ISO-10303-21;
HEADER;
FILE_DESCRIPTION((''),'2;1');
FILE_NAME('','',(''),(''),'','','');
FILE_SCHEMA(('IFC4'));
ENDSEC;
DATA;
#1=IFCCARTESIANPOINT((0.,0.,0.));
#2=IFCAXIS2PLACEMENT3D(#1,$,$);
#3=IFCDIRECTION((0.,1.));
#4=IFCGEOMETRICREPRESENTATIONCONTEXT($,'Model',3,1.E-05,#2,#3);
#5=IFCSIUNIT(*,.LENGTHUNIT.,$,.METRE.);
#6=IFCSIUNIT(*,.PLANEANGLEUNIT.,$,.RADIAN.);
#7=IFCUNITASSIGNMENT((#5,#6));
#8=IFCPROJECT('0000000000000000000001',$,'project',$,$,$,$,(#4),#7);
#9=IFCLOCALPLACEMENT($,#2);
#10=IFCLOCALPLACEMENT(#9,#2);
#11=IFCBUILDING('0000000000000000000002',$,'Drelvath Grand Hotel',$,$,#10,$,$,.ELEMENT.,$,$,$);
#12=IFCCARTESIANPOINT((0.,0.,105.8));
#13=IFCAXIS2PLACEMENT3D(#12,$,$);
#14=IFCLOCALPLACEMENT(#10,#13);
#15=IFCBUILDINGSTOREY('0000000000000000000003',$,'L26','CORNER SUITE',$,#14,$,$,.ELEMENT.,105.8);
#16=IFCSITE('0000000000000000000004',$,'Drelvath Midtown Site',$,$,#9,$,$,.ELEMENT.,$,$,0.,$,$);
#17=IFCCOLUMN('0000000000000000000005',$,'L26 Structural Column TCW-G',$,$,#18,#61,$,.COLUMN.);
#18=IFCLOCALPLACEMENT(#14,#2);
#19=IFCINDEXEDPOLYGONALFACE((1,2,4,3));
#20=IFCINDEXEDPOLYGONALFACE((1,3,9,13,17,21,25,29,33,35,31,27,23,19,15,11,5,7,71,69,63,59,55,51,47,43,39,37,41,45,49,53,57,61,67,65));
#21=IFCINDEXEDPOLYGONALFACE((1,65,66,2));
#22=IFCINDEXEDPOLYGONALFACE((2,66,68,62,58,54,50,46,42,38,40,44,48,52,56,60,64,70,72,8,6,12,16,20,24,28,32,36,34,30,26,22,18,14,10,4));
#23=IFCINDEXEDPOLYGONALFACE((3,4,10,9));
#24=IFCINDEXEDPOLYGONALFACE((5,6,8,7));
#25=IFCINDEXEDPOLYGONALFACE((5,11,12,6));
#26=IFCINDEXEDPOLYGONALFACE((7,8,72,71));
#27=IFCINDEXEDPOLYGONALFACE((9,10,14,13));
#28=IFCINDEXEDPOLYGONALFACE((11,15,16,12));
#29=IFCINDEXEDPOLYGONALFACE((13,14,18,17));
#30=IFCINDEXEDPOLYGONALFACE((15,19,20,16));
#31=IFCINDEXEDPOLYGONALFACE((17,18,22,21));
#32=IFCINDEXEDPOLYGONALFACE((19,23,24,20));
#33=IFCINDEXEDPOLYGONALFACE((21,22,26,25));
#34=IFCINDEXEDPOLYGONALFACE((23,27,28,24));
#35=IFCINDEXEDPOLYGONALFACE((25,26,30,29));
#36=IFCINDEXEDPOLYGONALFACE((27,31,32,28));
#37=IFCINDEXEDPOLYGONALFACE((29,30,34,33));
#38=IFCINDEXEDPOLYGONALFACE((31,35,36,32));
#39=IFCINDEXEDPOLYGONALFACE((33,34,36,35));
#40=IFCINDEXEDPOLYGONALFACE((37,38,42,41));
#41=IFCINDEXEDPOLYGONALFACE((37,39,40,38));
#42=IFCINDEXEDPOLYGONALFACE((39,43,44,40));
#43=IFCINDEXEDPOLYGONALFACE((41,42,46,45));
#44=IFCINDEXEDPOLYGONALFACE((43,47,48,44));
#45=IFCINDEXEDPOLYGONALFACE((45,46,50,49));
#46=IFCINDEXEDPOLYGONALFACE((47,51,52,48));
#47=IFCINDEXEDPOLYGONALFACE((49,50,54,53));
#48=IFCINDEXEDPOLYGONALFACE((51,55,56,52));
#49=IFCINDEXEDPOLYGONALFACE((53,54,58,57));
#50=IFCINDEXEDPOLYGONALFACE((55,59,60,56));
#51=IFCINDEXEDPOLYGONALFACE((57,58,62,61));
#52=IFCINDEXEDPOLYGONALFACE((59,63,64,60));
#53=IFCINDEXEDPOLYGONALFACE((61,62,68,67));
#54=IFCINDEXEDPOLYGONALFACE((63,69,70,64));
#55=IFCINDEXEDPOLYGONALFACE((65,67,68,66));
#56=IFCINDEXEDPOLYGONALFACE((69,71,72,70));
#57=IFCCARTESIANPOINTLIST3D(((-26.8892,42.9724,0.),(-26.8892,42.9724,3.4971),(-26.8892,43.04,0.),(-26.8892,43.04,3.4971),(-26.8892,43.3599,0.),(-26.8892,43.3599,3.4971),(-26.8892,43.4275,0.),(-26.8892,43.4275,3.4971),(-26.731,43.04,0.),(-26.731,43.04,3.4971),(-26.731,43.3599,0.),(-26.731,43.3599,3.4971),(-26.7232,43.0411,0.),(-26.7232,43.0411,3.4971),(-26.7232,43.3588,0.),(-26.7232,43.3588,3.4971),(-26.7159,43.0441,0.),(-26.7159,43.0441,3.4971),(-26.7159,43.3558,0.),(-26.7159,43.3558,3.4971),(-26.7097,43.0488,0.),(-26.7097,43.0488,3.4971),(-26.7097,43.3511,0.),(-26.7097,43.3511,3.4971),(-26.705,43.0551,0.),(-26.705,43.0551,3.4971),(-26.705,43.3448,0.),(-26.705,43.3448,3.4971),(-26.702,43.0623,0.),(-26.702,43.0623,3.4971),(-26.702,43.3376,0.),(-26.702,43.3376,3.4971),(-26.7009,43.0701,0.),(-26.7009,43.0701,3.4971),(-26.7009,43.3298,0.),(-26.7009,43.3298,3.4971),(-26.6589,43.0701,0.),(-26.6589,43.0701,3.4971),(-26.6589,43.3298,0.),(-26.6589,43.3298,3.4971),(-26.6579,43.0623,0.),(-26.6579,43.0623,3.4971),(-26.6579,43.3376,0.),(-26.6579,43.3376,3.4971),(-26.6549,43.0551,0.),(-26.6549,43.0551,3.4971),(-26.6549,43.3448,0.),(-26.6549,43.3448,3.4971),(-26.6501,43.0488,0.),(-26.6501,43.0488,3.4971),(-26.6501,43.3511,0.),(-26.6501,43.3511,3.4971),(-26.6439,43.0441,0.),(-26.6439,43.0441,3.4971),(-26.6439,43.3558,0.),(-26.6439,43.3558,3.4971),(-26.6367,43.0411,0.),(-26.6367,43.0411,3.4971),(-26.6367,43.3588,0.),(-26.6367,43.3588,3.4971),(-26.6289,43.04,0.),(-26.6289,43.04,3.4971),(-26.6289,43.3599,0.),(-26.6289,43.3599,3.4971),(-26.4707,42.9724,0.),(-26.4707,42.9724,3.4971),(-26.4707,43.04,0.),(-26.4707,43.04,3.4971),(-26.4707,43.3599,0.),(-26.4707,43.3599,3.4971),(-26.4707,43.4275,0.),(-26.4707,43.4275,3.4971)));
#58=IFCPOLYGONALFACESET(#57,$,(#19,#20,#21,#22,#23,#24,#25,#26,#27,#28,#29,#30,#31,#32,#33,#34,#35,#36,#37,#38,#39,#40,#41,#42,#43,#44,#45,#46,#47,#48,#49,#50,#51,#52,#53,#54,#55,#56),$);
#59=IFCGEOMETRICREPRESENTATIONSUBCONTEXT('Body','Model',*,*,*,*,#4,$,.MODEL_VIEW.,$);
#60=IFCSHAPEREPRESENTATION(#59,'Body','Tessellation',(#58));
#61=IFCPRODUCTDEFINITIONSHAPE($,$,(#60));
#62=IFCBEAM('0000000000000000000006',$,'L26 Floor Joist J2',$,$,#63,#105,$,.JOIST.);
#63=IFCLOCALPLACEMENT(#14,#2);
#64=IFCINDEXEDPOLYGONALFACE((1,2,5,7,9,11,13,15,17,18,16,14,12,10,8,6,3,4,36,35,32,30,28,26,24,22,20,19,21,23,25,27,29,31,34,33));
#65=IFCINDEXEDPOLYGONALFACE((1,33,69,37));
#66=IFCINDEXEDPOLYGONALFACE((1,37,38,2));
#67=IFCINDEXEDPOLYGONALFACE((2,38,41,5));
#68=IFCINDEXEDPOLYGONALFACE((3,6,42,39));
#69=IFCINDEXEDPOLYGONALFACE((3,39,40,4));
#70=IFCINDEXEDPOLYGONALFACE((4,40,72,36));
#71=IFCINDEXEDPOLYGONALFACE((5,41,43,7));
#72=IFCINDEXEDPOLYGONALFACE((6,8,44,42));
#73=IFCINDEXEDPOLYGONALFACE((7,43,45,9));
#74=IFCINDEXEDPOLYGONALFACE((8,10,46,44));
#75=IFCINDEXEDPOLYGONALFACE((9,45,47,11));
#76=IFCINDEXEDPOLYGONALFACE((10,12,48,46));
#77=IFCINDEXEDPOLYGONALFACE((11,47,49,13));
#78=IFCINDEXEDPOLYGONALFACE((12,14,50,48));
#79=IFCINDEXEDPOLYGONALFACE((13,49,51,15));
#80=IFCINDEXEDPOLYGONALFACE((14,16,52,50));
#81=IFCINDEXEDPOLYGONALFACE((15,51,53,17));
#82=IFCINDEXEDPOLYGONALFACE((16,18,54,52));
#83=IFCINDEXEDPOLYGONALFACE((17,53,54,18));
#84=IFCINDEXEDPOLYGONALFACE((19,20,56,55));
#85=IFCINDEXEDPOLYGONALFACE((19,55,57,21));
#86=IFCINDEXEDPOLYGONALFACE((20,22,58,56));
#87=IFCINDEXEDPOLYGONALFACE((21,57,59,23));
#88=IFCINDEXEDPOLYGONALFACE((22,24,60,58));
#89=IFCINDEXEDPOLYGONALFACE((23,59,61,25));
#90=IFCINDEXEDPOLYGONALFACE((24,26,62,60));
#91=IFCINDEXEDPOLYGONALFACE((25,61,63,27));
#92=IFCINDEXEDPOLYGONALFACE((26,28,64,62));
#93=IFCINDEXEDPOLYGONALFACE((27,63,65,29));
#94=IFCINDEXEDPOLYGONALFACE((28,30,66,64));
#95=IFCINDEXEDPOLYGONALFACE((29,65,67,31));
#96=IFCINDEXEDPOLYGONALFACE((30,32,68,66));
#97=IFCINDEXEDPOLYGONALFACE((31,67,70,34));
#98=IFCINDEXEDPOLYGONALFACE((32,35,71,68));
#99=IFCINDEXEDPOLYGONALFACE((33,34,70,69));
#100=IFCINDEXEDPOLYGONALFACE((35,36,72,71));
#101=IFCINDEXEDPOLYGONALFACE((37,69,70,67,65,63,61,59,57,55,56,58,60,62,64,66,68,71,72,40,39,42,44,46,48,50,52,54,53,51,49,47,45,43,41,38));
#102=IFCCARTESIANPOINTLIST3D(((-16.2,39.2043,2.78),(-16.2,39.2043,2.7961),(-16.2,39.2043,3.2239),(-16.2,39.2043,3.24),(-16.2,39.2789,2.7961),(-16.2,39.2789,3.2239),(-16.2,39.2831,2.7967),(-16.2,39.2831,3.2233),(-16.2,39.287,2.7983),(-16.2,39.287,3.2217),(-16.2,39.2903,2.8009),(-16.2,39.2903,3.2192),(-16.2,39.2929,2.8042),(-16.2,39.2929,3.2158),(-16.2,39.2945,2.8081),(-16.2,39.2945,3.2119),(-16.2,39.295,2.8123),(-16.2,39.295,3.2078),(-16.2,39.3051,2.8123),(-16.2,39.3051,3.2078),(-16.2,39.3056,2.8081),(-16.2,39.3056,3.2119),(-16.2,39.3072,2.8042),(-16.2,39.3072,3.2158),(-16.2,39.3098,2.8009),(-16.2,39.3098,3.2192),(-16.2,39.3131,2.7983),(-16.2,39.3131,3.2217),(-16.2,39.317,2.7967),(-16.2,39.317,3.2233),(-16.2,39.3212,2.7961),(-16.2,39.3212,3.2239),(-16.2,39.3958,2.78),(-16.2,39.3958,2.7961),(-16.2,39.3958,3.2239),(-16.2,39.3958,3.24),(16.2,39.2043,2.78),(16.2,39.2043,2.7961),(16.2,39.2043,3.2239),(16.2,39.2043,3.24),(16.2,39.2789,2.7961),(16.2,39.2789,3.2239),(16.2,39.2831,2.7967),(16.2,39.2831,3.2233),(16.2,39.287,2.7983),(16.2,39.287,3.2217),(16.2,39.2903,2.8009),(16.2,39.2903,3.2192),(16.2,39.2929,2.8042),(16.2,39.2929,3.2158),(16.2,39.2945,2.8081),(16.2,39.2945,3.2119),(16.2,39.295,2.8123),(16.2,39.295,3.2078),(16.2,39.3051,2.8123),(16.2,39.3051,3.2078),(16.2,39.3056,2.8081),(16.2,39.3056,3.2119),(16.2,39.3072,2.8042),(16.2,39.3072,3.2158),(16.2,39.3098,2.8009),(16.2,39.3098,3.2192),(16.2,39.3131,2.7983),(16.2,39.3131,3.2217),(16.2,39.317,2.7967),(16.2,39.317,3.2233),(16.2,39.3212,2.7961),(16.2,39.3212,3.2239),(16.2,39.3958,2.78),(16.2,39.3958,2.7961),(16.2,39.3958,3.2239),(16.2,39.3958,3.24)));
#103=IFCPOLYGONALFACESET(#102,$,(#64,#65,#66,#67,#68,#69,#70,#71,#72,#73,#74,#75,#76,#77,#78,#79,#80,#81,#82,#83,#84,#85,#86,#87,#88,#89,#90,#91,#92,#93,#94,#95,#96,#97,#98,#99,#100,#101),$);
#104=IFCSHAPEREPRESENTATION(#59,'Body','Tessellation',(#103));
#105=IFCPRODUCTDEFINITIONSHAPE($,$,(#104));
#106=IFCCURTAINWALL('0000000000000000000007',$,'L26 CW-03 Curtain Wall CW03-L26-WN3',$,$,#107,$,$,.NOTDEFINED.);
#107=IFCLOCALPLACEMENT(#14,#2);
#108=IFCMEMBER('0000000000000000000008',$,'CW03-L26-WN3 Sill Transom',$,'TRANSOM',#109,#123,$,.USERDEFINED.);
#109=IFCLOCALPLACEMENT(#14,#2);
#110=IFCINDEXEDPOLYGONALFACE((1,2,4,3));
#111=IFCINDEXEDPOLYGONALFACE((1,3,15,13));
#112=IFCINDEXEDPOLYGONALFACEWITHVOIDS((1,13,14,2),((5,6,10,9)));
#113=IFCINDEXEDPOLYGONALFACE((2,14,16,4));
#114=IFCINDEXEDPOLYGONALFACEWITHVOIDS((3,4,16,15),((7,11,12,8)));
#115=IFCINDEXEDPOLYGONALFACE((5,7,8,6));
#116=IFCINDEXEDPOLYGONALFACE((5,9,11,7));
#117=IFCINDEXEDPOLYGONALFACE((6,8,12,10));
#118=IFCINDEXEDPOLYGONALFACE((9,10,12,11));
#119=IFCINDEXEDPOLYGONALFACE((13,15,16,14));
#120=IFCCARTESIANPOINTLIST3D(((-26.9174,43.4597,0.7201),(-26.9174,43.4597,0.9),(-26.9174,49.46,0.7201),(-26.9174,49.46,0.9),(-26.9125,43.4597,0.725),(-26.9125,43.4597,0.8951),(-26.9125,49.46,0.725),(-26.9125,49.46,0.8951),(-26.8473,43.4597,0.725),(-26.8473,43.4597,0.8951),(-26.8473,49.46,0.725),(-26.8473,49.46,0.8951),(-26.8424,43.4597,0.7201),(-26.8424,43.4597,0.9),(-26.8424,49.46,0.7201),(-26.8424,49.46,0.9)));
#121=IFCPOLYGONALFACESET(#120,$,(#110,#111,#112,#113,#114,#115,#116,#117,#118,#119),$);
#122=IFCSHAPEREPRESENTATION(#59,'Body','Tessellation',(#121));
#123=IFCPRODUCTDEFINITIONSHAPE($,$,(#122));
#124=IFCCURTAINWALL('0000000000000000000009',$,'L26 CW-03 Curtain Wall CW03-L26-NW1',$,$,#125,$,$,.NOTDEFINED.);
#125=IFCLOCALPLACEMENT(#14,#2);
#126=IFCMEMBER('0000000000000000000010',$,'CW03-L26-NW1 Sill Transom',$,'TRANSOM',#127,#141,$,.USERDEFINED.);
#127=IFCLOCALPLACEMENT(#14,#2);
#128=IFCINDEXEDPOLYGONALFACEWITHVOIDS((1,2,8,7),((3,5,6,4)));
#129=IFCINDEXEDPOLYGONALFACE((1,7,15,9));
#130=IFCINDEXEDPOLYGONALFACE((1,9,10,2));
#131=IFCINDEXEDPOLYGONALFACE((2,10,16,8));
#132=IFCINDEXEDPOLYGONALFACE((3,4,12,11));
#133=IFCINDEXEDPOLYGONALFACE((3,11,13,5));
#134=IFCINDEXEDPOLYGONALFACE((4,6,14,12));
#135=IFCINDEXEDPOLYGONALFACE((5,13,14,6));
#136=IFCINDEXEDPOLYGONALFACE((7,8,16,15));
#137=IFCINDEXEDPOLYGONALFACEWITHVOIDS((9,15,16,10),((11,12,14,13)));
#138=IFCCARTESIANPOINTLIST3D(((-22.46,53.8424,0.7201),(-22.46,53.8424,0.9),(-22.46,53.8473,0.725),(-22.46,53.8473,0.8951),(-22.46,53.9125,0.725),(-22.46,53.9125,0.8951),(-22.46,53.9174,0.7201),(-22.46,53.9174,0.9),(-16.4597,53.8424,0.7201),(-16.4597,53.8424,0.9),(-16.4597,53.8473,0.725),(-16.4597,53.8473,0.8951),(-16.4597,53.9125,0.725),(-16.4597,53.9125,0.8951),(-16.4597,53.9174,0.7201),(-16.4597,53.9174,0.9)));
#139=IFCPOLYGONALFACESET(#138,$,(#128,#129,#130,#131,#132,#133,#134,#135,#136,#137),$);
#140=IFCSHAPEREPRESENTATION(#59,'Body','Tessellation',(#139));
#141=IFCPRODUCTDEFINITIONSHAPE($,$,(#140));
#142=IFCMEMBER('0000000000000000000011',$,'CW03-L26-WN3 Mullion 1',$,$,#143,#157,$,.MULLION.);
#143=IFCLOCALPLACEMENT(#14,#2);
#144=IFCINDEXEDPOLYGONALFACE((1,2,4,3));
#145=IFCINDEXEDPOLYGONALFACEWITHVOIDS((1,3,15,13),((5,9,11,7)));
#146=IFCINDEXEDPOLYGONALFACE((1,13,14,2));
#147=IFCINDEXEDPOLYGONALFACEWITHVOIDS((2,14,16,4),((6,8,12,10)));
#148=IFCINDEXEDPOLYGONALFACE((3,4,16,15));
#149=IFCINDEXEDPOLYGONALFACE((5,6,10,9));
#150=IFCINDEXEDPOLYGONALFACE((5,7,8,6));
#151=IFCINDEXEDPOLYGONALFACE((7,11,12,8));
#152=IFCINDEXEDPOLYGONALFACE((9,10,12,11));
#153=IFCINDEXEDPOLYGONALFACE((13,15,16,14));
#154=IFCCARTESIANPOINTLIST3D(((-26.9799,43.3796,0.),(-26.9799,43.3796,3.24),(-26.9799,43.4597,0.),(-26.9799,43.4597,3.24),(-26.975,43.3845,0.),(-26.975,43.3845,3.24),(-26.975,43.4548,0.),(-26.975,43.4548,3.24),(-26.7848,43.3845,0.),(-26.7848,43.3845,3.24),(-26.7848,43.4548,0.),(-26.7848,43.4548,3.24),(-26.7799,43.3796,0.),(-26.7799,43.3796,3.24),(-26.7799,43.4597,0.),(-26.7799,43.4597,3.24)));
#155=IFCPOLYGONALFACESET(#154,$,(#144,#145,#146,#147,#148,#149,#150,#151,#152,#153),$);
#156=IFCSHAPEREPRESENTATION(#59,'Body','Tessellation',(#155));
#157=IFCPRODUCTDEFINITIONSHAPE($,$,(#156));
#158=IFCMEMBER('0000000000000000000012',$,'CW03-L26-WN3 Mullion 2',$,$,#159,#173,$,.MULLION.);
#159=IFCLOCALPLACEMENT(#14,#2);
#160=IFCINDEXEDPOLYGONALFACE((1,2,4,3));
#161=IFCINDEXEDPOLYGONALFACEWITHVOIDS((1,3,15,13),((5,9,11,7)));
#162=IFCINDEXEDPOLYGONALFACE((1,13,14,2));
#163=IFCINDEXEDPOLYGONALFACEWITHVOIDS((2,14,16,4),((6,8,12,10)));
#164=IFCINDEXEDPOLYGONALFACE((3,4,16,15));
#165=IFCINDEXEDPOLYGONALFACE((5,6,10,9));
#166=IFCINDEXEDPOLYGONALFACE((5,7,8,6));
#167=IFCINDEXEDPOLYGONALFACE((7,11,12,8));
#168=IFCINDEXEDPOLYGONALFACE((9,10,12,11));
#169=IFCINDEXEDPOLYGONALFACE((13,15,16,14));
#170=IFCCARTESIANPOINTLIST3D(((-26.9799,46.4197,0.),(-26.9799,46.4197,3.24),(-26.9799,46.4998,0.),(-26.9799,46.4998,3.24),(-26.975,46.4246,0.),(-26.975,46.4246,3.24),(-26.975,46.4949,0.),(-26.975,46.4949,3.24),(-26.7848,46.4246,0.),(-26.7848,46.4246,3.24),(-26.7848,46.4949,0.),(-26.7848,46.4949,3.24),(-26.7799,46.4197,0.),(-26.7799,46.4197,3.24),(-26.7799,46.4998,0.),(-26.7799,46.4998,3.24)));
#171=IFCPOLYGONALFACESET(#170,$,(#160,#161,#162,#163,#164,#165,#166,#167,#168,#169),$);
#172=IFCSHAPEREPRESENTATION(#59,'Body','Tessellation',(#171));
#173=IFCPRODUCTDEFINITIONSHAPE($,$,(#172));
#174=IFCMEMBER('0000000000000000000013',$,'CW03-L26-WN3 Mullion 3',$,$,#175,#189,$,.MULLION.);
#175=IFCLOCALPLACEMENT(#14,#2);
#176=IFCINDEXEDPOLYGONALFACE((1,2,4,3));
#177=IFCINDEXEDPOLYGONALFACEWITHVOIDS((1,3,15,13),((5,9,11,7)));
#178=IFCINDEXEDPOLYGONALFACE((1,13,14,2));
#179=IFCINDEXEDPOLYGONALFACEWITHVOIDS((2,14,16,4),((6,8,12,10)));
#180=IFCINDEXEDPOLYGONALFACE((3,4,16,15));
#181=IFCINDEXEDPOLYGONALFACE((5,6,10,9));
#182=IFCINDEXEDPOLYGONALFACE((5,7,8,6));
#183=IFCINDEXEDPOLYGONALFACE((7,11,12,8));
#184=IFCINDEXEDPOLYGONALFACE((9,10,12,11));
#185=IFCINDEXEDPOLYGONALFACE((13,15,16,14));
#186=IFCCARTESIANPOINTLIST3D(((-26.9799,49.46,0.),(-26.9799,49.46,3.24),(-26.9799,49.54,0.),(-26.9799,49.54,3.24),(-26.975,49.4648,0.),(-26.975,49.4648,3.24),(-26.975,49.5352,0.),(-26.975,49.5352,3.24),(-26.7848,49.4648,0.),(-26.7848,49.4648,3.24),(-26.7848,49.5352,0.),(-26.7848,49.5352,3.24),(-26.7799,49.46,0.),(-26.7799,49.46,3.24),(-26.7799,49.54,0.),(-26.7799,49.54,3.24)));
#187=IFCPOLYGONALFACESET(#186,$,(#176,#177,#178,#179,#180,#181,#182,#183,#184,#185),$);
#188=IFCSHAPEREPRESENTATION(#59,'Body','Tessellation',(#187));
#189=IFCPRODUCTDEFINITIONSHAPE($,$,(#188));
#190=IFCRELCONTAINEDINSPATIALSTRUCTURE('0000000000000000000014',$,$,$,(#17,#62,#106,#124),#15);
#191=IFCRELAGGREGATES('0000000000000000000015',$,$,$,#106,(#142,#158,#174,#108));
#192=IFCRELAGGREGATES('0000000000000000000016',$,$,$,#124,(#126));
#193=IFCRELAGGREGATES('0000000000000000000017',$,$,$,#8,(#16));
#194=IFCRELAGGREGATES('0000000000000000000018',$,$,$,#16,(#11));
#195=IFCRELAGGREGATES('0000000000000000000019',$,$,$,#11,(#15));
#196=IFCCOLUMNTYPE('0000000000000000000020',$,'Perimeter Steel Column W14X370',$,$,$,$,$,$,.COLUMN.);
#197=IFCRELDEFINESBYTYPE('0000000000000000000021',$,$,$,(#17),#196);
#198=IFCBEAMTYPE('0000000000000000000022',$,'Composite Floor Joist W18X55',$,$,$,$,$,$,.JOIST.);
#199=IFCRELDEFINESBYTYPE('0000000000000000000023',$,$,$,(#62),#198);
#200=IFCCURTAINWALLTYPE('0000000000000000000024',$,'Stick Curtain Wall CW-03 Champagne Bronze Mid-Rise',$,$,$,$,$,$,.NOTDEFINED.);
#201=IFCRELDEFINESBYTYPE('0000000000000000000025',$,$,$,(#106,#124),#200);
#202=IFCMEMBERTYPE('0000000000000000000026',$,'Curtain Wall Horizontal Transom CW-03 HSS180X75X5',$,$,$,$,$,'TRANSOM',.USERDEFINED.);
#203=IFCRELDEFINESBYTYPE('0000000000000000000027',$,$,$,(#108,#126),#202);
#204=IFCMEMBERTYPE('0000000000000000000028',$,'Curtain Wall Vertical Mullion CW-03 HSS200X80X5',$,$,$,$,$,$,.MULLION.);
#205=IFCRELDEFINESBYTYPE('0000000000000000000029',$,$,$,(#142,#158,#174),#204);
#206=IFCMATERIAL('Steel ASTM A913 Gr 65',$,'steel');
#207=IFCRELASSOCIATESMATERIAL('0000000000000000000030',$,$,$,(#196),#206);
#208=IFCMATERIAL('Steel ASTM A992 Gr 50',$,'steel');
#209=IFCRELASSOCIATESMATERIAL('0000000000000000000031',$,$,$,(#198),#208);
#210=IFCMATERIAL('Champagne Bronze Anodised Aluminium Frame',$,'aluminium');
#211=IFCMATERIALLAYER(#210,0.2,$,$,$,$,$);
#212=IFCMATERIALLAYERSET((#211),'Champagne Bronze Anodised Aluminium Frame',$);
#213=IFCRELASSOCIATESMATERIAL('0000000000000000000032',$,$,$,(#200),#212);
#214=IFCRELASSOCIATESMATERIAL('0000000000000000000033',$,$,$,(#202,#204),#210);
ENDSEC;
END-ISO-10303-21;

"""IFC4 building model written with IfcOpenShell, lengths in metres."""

from ifc_helpers import new_model, si_unit, direction, frame, origin, origin_2d, place, context, subcontext, project, spatial, hollow_rectangle, i_section, extrude, material, layer, layer_set, material_profile, profile_set, type_object, element, aggregate, save


model = new_model("IFC4")

# Units and contexts
model_context = context("Model", 3, precision=1e-05, world=origin(), true_north=direction((0.0, 1.0)))
body_context = subcontext(model_context, "Body", "Model", "MODEL_VIEW")
ifc_project = project(units=[si_unit("LENGTHUNIT", "METRE"), si_unit("PLANEANGLEUNIT", "RADIAN")], contexts=[model_context])

# Site, building, storey
site_placement = place(None, origin())
site = spatial("IfcSite", under=ifc_project, at=site_placement, Name="Drelvath Midtown Site", CompositionType="ELEMENT", RefElevation=0.0)
building_placement = place(site_placement, origin())
building = spatial("IfcBuilding", under=site, at=building_placement, Name="Drelvath Grand Hotel", CompositionType="ELEMENT")
storey_placement = place(building_placement, frame((0.0, 0.0, 105.8)))
storey = spatial("IfcBuildingStorey", under=building, at=storey_placement, Name="L26", Description="CORNER SUITE", CompositionType="ELEMENT", Elevation=105.8)

# Column
ifc_material_1 = material(Name="Steel ASTM A913 Gr 65", Category="steel")
ifc_material_profile_1 = material_profile(ifc_material_1, i_section(OverallWidth=0.4185, OverallDepth=0.4551, WebThickness=0.042, FlangeThickness=0.0676, FilletRadius=0.03, at=origin_2d()), Name="W14X370")
ifc_profile_set_1 = profile_set([ifc_material_profile_1], Name="Steel ASTM A913 Gr 65")
column_type = type_object("IfcColumnType", Name="Perimeter Steel Column W14X370", PredefinedType="COLUMN", material=ifc_profile_set_1)
column_placement = place(storey_placement, frame((-26.6799, 43.2, 0.0), z_axis=(0.0, 0.0, 1.0), x_axis=(1.0, 0.0, 0.0)))
element("IfcColumn", 1, at=column_placement, inside=storey, type_object=column_type, Name="L26 Structural Column TCW-G", PredefinedType="COLUMN", context=body_context, shape_type="SweptSolid", body=[
    extrude(i_section(OverallWidth=0.4185, OverallDepth=0.4551, WebThickness=0.042, FlangeThickness=0.0676, FilletRadius=0.03, at=origin_2d()), origin(), (0.0, 0.0, 1.0), 3.4971),
])

# Beam
ifc_material_2 = material(Name="Steel ASTM A992 Gr 50", Category="steel")
ifc_material_profile_2 = material_profile(ifc_material_2, i_section(OverallWidth=0.1914, OverallDepth=0.46, WebThickness=0.01, FlangeThickness=0.0161, FilletRadius=0.0161, at=origin_2d()), Name="W18X55")
ifc_profile_set_2 = profile_set([ifc_material_profile_2], Name="Steel ASTM A992 Gr 50")
beam_type_1 = type_object("IfcBeamType", Name="Composite Floor Joist W18X55", PredefinedType="JOIST", material=ifc_profile_set_2)
beam_1_placement = place(storey_placement, frame((-16.2, 39.3, 3.01), z_axis=(1.0, 0.0, 0.0), x_axis=(0.0, 1.0, 0.0)))
element("IfcBeam", 2, at=beam_1_placement, inside=storey, type_object=beam_type_1, Name="L26 Floor Joist J2", PredefinedType="JOIST", context=body_context, shape_type="SweptSolid", body=[
    extrude(i_section(OverallWidth=0.1914, OverallDepth=0.46, WebThickness=0.01, FlangeThickness=0.0161, FilletRadius=0.0161, at=origin_2d()), origin(), (0.0, 0.0, 1.0), 32.3999),
])

# Curtain walls, members
ifc_material_3 = material(Name="Champagne Bronze Anodised Aluminium Frame", Category="aluminium")
ifc_layer_1 = layer(ifc_material_3, 0.2)
ifc_layer_set_1 = layer_set([ifc_layer_1], Name="Champagne Bronze Anodised Aluminium Frame")
curtain_wall_type = type_object("IfcCurtainWallType", Name="Stick Curtain Wall CW-03 Champagne Bronze Mid-Rise", PredefinedType="NOTDEFINED", material=ifc_layer_set_1)
curtain_wall_1_placement = place(storey_placement, origin())
curtain_wall_1 = element("IfcCurtainWall", 3, at=curtain_wall_1_placement, inside=storey, type_object=curtain_wall_type, Name="L26 CW-03 Curtain Wall CW03-L26-WN3", PredefinedType="NOTDEFINED")
ifc_material_profile_3 = material_profile(ifc_material_3, hollow_rectangle(XDim=0.075, YDim=0.1799, WallThickness=0.0049, at=origin_2d()), Name="HSS180X75X5")
ifc_profile_set_3 = profile_set([ifc_material_profile_3], Name="Champagne Bronze Anodised Aluminium Frame")
member_type_1 = type_object("IfcMemberType", Name="Curtain Wall Horizontal Transom CW-03 HSS180X75X5", ElementType="TRANSOM", PredefinedType="USERDEFINED", material=ifc_profile_set_3)
member_1_placement = place(storey_placement, frame((-26.8799, 43.4597, 0.8101), z_axis=(0.0, 1.0, 0.0), x_axis=(-1.0, 0.0, 0.0)))
member_1 = element("IfcMember", 4, at=member_1_placement, type_object=member_type_1, Name="CW03-L26-WN3 Sill Transom", ObjectType="TRANSOM", PredefinedType="USERDEFINED", context=body_context, shape_type="SweptSolid", body=[
    extrude(hollow_rectangle(XDim=0.075, YDim=0.1799, WallThickness=0.0049, at=origin_2d()), origin(), (0.0, 0.0, 1.0), 6.0002),
])
curtain_wall_2_placement = place(storey_placement, origin())
curtain_wall_2 = element("IfcCurtainWall", 5, at=curtain_wall_2_placement, inside=storey, type_object=curtain_wall_type, Name="L26 CW-03 Curtain Wall CW03-L26-NW1", PredefinedType="NOTDEFINED")
member_2_placement = place(storey_placement, frame((-22.46, 53.8799, 0.8101), z_axis=(1.0, 0.0, 0.0), x_axis=(0.0, 1.0, 0.0)))
member_2 = element("IfcMember", 6, at=member_2_placement, type_object=member_type_1, Name="CW03-L26-NW1 Sill Transom", ObjectType="TRANSOM", PredefinedType="USERDEFINED", context=body_context, shape_type="SweptSolid", body=[
    extrude(hollow_rectangle(XDim=0.075, YDim=0.1799, WallThickness=0.0049, at=origin_2d()), origin(), (0.0, 0.0, 1.0), 6.0002),
])

# Members
ifc_material_profile_4 = material_profile(ifc_material_3, hollow_rectangle(XDim=0.0801, YDim=0.2, WallThickness=0.0049, at=origin_2d()), Name="HSS200X80X5")
ifc_profile_set_4 = profile_set([ifc_material_profile_4], Name="Champagne Bronze Anodised Aluminium Frame")
member_type_2 = type_object("IfcMemberType", Name="Curtain Wall Vertical Mullion CW-03 HSS200X80X5", PredefinedType="MULLION", material=ifc_profile_set_4)
member_3_placement = place(storey_placement, frame((-26.8799, 43.4197, 0.0), z_axis=(0.0, 0.0, 1.0), x_axis=(0.0, 1.0, 0.0)))
member_3 = element("IfcMember", 7, at=member_3_placement, type_object=member_type_2, Name="CW03-L26-WN3 Mullion 1", PredefinedType="MULLION", context=body_context, shape_type="SweptSolid", body=[
    extrude(hollow_rectangle(XDim=0.0801, YDim=0.2, WallThickness=0.0049, at=origin_2d()), origin(), (0.0, 0.0, 1.0), 3.24),
])
member_4_placement = place(storey_placement, frame((-26.8799, 46.4597, 0.0), z_axis=(0.0, 0.0, 1.0), x_axis=(0.0, 1.0, 0.0)))
member_4 = element("IfcMember", 8, at=member_4_placement, type_object=member_type_2, Name="CW03-L26-WN3 Mullion 2", PredefinedType="MULLION", context=body_context, shape_type="SweptSolid", body=[
    extrude(hollow_rectangle(XDim=0.0801, YDim=0.2, WallThickness=0.0049, at=origin_2d()), origin(), (0.0, 0.0, 1.0), 3.24),
])
member_5_placement = place(storey_placement, frame((-26.8799, 49.5, 0.0), z_axis=(0.0, 0.0, 1.0), x_axis=(0.0, 1.0, 0.0)))
member_5 = element("IfcMember", 9, at=member_5_placement, type_object=member_type_2, Name="CW03-L26-WN3 Mullion 3", PredefinedType="MULLION", context=body_context, shape_type="SweptSolid", body=[
    extrude(hollow_rectangle(XDim=0.0801, YDim=0.2, WallThickness=0.0049, at=origin_2d()), origin(), (0.0, 0.0, 1.0), 3.24),
])

aggregate(curtain_wall_1, [member_3, member_4, member_5, member_1])
aggregate(curtain_wall_2, [member_2])

save(model, "model.ifc")
